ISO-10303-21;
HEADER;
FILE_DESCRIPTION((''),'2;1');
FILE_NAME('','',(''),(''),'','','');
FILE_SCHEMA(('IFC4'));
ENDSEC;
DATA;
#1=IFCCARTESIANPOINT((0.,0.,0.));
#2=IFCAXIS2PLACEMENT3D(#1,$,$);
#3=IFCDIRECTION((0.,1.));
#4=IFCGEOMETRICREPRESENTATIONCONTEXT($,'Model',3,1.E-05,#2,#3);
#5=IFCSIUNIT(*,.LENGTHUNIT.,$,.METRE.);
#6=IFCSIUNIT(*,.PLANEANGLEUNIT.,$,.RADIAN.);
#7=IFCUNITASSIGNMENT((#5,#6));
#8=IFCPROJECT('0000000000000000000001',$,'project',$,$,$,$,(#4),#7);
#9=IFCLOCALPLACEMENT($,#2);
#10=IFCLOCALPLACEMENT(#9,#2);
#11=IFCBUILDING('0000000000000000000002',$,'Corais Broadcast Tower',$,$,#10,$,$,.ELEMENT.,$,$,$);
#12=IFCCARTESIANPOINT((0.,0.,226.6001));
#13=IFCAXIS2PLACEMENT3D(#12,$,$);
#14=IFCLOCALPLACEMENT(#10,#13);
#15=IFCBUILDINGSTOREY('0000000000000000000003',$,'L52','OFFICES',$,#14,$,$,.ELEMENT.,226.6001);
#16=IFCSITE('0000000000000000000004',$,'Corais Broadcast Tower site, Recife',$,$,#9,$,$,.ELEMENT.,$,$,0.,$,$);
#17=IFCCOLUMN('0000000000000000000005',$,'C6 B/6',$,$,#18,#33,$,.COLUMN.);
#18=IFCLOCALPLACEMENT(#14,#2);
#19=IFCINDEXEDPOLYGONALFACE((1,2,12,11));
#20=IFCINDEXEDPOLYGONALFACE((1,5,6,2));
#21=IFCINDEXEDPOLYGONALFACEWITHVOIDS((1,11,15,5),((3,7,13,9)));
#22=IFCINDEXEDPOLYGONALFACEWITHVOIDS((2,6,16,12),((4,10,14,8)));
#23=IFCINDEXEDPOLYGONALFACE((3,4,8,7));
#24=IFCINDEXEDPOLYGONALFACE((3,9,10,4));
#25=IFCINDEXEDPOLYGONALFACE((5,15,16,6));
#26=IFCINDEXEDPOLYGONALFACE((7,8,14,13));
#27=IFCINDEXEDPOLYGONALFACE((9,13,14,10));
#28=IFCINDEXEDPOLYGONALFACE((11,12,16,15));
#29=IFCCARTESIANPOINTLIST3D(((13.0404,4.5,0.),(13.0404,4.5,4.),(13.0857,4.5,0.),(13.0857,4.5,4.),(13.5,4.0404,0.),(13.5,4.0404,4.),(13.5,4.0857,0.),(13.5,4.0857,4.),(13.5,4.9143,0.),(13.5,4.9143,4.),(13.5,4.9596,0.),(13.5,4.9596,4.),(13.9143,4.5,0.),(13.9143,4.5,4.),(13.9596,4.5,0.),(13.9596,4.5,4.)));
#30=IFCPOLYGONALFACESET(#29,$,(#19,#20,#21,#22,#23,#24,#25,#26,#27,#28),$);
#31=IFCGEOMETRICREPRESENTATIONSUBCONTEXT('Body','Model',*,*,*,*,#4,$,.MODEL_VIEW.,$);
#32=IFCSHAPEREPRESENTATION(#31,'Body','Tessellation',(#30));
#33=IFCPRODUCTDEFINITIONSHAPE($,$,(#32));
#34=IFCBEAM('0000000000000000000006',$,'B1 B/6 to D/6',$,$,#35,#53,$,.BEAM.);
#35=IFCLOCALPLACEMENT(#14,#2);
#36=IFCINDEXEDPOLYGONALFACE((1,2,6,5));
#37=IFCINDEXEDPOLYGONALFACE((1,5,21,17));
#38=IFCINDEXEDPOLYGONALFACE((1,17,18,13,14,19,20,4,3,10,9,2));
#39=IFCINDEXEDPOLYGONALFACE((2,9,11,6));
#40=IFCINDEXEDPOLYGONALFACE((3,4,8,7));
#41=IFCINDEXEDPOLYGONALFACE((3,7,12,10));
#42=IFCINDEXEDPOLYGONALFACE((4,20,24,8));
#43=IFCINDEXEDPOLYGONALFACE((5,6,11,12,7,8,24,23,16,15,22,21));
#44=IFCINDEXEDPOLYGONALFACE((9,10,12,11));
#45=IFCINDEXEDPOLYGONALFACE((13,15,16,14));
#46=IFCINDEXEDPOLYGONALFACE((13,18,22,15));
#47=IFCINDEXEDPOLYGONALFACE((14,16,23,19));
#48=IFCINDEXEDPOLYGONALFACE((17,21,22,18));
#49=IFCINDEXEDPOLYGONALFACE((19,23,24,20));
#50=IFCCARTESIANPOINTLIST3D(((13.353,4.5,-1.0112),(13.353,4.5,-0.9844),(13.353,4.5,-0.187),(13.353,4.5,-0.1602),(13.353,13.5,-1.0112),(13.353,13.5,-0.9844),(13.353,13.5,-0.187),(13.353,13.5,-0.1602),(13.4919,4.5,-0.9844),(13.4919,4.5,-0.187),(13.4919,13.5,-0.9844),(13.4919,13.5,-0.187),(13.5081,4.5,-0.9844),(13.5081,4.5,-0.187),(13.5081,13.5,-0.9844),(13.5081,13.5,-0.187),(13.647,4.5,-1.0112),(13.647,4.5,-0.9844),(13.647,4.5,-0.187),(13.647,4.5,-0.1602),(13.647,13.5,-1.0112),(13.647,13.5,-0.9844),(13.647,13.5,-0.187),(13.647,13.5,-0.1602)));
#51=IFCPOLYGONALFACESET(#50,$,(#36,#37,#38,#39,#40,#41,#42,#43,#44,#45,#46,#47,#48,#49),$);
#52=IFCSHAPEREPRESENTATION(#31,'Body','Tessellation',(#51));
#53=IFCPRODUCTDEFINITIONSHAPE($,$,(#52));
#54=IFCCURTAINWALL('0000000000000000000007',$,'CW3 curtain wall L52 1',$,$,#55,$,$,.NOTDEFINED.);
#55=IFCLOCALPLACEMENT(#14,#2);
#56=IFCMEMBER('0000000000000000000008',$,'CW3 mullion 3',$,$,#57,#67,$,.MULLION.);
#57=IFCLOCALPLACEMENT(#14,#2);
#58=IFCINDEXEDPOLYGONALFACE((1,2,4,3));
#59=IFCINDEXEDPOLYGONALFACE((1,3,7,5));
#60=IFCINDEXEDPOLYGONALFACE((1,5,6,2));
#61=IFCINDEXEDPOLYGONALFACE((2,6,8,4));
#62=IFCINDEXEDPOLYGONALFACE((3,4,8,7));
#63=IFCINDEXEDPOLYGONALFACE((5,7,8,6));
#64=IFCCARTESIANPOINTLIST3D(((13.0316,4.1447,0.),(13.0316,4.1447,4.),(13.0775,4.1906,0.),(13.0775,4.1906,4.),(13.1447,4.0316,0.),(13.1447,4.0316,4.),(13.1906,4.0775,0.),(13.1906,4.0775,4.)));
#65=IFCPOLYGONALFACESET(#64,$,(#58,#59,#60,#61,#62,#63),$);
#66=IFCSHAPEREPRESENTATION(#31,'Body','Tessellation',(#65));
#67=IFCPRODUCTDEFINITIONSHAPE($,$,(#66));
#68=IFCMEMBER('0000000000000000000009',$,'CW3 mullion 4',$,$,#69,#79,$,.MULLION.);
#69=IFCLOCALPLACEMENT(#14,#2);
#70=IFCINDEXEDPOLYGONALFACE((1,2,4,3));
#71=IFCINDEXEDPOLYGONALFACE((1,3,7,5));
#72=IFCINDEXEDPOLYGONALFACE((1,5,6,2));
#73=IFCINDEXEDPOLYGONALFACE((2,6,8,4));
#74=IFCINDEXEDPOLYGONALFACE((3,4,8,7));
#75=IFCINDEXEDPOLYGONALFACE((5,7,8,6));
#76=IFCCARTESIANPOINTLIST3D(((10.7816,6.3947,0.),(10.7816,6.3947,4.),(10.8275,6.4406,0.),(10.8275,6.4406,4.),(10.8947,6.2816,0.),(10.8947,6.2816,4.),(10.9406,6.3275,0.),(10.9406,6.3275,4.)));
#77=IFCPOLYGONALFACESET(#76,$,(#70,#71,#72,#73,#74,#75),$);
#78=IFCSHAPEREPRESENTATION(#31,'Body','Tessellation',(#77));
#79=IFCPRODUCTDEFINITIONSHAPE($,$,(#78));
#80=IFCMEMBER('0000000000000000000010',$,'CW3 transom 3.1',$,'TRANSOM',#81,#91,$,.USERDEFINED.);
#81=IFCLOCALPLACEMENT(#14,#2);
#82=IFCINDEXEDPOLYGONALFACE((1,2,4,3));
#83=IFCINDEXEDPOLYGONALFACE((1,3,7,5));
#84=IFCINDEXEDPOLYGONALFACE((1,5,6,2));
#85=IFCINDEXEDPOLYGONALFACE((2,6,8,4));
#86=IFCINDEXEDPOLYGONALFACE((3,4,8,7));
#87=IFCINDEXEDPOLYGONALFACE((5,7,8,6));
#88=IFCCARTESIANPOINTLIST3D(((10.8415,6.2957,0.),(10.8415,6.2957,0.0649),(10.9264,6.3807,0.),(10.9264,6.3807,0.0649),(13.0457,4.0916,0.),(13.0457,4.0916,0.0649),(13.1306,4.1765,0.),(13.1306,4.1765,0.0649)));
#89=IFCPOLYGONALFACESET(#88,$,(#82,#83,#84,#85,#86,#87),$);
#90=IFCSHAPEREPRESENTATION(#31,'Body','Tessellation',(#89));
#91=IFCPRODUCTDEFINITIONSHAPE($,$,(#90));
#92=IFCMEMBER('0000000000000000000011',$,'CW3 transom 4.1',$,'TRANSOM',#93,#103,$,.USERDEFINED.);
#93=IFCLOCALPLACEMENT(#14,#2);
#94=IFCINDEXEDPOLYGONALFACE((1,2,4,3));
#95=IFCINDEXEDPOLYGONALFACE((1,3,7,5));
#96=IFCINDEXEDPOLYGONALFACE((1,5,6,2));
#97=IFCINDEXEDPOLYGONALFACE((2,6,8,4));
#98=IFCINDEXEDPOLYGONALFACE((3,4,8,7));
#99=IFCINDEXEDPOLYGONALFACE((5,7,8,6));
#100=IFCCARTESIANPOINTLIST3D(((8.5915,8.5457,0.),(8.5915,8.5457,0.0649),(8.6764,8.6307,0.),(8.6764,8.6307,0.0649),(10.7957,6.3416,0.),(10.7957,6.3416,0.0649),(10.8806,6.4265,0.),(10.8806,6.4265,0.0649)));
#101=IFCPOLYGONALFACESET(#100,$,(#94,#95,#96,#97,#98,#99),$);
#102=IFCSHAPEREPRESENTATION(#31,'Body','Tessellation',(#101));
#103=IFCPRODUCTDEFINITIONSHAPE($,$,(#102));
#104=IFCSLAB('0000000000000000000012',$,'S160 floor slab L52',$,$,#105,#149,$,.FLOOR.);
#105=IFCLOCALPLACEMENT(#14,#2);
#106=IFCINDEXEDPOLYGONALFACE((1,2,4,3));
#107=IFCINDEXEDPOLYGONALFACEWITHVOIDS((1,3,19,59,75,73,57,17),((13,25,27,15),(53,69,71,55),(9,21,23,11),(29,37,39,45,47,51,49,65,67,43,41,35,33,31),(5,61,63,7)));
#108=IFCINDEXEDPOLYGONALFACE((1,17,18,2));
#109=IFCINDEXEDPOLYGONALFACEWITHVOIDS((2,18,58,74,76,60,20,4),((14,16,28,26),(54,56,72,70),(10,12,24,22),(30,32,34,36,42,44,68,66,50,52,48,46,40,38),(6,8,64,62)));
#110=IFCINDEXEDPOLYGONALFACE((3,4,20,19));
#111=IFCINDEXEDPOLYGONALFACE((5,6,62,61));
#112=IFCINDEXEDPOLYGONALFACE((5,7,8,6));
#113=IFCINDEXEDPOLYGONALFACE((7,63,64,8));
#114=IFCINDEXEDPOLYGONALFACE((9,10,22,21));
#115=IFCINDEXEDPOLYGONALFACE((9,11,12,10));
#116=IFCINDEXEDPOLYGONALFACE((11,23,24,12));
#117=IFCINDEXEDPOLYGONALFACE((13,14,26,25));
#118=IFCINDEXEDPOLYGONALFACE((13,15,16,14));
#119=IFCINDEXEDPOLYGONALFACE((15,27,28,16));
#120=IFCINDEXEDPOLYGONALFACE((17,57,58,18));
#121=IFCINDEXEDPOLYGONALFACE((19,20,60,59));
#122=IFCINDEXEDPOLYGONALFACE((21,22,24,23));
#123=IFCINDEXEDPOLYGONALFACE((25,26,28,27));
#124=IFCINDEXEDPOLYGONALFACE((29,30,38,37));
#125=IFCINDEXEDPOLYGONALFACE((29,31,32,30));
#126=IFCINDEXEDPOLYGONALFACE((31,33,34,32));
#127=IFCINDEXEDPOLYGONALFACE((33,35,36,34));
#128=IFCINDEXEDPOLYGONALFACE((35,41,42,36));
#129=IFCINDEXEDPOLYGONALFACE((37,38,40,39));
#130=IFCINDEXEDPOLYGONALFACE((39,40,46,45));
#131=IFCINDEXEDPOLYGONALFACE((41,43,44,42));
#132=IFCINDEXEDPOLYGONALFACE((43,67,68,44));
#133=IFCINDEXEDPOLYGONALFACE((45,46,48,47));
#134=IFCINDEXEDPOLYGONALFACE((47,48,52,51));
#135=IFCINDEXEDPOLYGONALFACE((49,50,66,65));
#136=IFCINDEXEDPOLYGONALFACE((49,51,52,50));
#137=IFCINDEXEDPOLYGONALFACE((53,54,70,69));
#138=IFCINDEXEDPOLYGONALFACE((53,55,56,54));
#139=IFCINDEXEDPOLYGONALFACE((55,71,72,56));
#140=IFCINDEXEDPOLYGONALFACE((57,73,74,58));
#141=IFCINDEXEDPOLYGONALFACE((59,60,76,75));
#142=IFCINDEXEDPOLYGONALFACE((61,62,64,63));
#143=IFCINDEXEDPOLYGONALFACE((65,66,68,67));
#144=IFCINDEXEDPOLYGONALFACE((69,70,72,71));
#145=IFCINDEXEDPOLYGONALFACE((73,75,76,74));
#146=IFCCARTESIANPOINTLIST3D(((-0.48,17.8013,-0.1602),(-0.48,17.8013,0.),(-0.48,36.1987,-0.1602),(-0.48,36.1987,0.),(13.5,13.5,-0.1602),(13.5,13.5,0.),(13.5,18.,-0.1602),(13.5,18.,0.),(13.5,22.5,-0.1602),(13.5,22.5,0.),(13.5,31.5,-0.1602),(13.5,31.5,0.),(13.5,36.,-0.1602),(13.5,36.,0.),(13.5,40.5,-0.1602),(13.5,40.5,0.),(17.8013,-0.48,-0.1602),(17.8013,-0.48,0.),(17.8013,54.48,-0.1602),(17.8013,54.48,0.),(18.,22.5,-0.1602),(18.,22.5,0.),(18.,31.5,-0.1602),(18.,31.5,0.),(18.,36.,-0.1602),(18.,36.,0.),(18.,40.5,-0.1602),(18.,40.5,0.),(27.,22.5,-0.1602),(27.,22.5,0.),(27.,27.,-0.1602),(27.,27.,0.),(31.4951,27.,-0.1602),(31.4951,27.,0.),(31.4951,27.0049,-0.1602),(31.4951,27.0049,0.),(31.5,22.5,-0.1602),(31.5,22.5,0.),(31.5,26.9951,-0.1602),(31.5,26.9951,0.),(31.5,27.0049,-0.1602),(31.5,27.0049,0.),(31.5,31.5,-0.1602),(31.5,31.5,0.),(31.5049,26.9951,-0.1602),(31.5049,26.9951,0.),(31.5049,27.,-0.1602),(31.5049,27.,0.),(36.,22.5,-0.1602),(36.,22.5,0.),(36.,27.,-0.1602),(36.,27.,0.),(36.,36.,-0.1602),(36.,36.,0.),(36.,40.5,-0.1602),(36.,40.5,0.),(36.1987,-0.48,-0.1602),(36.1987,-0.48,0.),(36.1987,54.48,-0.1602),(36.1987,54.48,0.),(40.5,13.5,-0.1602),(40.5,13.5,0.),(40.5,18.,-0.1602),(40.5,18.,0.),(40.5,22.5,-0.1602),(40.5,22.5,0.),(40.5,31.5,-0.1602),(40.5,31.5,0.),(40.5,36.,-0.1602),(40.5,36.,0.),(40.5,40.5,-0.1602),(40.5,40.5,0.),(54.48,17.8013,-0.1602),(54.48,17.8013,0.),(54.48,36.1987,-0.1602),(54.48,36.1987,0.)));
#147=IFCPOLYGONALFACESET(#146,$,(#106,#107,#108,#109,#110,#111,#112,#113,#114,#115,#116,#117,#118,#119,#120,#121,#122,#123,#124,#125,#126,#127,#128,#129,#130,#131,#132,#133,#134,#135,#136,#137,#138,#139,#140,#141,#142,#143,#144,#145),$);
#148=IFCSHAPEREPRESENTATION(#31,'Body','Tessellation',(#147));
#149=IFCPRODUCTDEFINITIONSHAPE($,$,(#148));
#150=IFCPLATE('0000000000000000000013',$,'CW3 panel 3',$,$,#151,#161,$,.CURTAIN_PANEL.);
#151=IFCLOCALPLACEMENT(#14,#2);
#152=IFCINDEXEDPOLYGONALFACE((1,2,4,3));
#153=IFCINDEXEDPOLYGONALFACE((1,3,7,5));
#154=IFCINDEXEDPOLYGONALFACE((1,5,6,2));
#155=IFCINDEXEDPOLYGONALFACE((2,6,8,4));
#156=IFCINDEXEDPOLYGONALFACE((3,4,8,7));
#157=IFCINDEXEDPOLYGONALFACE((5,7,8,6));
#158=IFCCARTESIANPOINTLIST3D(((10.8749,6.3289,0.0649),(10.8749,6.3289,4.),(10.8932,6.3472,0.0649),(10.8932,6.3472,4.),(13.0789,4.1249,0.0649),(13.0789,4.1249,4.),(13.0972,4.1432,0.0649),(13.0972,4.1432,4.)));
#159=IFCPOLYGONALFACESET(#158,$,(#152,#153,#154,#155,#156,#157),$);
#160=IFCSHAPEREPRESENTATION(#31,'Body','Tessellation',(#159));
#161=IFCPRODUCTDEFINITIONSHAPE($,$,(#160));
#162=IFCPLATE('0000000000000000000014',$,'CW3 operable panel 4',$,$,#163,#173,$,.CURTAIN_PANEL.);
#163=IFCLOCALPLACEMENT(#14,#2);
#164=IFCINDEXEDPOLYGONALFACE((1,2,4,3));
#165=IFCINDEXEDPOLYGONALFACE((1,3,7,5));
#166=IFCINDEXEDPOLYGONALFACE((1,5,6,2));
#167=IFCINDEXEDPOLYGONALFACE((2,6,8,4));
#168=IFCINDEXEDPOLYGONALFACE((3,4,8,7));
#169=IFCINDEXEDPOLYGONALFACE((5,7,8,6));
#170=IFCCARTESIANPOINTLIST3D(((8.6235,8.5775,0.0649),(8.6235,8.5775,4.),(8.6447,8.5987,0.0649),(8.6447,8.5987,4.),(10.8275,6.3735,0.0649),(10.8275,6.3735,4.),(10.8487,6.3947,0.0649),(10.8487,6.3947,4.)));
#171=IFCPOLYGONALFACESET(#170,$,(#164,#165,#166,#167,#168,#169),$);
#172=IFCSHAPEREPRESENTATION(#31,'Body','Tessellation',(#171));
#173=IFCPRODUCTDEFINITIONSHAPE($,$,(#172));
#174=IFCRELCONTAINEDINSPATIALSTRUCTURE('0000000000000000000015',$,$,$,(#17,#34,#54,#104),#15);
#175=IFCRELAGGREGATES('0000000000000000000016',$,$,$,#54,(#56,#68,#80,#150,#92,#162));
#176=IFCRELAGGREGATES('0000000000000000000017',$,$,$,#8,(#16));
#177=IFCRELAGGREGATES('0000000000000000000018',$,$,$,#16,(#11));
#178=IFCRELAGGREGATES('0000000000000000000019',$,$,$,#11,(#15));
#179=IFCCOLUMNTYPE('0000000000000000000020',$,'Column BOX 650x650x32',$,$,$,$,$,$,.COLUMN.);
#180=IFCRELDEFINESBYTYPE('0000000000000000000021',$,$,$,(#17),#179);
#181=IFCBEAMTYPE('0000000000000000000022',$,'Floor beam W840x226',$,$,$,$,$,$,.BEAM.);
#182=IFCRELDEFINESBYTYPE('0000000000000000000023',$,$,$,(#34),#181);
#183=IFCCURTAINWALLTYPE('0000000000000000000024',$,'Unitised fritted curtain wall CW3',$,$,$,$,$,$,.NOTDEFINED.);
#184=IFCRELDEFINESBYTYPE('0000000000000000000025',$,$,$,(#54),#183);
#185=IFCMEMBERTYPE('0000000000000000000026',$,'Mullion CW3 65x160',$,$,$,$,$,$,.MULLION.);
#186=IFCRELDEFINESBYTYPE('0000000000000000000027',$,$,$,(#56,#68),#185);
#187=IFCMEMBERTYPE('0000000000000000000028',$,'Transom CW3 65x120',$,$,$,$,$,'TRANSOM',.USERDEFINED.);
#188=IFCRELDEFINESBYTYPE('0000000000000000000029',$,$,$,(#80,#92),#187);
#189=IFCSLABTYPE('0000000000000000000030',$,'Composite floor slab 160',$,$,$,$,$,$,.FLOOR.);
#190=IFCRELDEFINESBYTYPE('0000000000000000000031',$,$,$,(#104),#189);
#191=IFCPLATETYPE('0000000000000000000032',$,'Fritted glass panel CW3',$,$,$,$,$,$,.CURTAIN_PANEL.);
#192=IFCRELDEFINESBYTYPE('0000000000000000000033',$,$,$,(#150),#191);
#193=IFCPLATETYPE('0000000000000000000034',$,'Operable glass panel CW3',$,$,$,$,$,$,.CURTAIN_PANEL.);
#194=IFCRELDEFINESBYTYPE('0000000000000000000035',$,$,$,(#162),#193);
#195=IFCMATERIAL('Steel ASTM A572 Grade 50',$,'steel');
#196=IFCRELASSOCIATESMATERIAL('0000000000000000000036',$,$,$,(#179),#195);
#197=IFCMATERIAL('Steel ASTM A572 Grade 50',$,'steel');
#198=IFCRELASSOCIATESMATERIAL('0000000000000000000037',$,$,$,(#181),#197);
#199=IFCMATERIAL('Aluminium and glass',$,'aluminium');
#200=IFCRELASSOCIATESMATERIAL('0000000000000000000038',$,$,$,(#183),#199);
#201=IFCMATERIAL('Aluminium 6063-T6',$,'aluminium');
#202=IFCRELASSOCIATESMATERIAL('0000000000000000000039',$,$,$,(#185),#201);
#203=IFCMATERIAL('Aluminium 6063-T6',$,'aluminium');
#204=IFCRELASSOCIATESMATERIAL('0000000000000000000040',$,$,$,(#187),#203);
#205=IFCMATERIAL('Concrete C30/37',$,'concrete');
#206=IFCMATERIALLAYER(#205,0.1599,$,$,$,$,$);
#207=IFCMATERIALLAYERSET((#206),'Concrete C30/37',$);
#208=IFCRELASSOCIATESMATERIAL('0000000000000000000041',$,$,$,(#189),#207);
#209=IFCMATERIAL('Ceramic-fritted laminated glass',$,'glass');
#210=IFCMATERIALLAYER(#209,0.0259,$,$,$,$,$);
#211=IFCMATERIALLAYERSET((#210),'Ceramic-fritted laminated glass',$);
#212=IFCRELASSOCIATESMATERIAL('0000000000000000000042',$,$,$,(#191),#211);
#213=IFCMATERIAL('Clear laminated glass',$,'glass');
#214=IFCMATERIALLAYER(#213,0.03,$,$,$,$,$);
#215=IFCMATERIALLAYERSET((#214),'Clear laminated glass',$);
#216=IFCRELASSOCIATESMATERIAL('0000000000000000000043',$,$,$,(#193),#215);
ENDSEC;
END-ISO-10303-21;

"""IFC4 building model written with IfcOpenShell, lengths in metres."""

from ifc_helpers import new_model, si_unit, direction, frame, origin, origin_2d, place, context, subcontext, project, spatial, polyline, rectangle, hollow_rectangle, i_section, outline, extrude, material, layer, layer_set, material_profile, profile_set, type_object, element, aggregate, save


model = new_model("IFC4")

# Units and contexts
model_context = context("Model", 3, precision=1e-05, world=origin(), true_north=direction((0.0, 1.0)))
body_context = subcontext(model_context, "Body", "Model", "MODEL_VIEW")
ifc_project = project(units=[si_unit("LENGTHUNIT", "METRE"), si_unit("PLANEANGLEUNIT", "RADIAN")], contexts=[model_context])

# Site, building, storey
site_placement = place(None, origin())
site = spatial("IfcSite", under=ifc_project, at=site_placement, Name="Corais Broadcast Tower site, Recife", CompositionType="ELEMENT", RefElevation=0.0)
building_placement = place(site_placement, origin())
building = spatial("IfcBuilding", under=site, at=building_placement, Name="Corais Broadcast Tower", CompositionType="ELEMENT")
storey_placement = place(building_placement, frame((0.0, 0.0, 226.6001)))
storey = spatial("IfcBuildingStorey", under=building, at=storey_placement, Name="L52", Description="OFFICES", CompositionType="ELEMENT", Elevation=226.6001)

# Column
ifc_material_1 = material(Name="Steel ASTM A572 Grade 50", Category="steel")
ifc_material_profile_1 = material_profile(ifc_material_1, hollow_rectangle(XDim=0.6499, YDim=0.6499, WallThickness=0.032, at=origin_2d()), Name="BOX 650x650x32")
ifc_profile_set_1 = profile_set([ifc_material_profile_1], Name="Steel ASTM A572 Grade 50")
column_type = type_object("IfcColumnType", Name="Column BOX 650x650x32", PredefinedType="COLUMN", material=ifc_profile_set_1)
column_placement = place(storey_placement, frame((13.5, 4.5, 0.0), z_axis=(0.0, 0.0, 1.0), x_axis=(0.707107, 0.707107, 0.0)))
element("IfcColumn", 1, at=column_placement, inside=storey, type_object=column_type, Name="C6 B/6", PredefinedType="COLUMN", context=body_context, shape_type="SweptSolid", body=[
    extrude(hollow_rectangle(XDim=0.6499, YDim=0.6499, WallThickness=0.032, at=origin_2d()), origin(), (0.0, 0.0, 1.0), 4.0),
])

# Beam
ifc_material_2 = material(Name="Steel ASTM A572 Grade 50", Category="steel")
ifc_material_profile_2 = material_profile(ifc_material_2, i_section(OverallWidth=0.2939, OverallDepth=0.8511, WebThickness=0.0161, FlangeThickness=0.0269, at=origin_2d()), Name="W840x226")
ifc_profile_set_2 = profile_set([ifc_material_profile_2], Name="Steel ASTM A572 Grade 50")
beam_type = type_object("IfcBeamType", Name="Floor beam W840x226", PredefinedType="BEAM", material=ifc_profile_set_2)
beam_placement = place(storey_placement, frame((13.5, 4.5, -0.5857), z_axis=(0.0, 1.0, 0.0), x_axis=(-1.0, 0.0, 0.0)))
element("IfcBeam", 2, at=beam_placement, inside=storey, type_object=beam_type, Name="B1 B/6 to D/6", PredefinedType="BEAM", context=body_context, shape_type="SweptSolid", body=[
    extrude(i_section(OverallWidth=0.2939, OverallDepth=0.8511, WebThickness=0.0161, FlangeThickness=0.0269, at=origin_2d()), origin(), (0.0, 0.0, 1.0), 9.0),
])

# Curtain wall, members
ifc_material_3 = material(Name="Aluminium and glass", Category="aluminium")
curtain_wall_type = type_object("IfcCurtainWallType", Name="Unitised fritted curtain wall CW3", PredefinedType="NOTDEFINED", material=ifc_material_3)
curtain_wall_placement = place(storey_placement, origin())
curtain_wall = element("IfcCurtainWall", 3, at=curtain_wall_placement, inside=storey, type_object=curtain_wall_type, Name="CW3 curtain wall L52 1", PredefinedType="NOTDEFINED")
ifc_material_4 = material(Name="Aluminium 6063-T6", Category="aluminium")
ifc_material_profile_3 = material_profile(ifc_material_4, rectangle(XDim=0.0649, YDim=0.1599, at=origin_2d()), Name="Mullion CW3 65x160")
ifc_profile_set_3 = profile_set([ifc_material_profile_3], Name="Aluminium 6063-T6")
member_type_1 = type_object("IfcMemberType", Name="Mullion CW3 65x160", PredefinedType="MULLION", material=ifc_profile_set_3)
member_1_placement = place(storey_placement, frame((13.1111, 4.1111, 0.0), z_axis=(0.0, 0.0, 1.0), x_axis=(-0.707107, -0.707107, 0.0)))
member_1 = element("IfcMember", 4, at=member_1_placement, type_object=member_type_1, Name="CW3 mullion 3", PredefinedType="MULLION", context=body_context, shape_type="SweptSolid", body=[
    extrude(rectangle(XDim=0.0649, YDim=0.1599, at=origin_2d()), origin(), (0.0, 0.0, 1.0), 4.0),
])
member_2_placement = place(storey_placement, frame((10.8611, 6.3611, 0.0), z_axis=(0.0, 0.0, 1.0), x_axis=(-0.707107, -0.707107, 0.0)))
member_2 = element("IfcMember", 5, at=member_2_placement, type_object=member_type_1, Name="CW3 mullion 4", PredefinedType="MULLION", context=body_context, shape_type="SweptSolid", body=[
    extrude(rectangle(XDim=0.0649, YDim=0.1599, at=origin_2d()), origin(), (0.0, 0.0, 1.0), 4.0),
])
ifc_material_5 = material(Name="Aluminium 6063-T6", Category="aluminium")
ifc_material_profile_4 = material_profile(ifc_material_5, rectangle(XDim=0.1201, YDim=0.0649, at=origin_2d()), Name="Transom CW3 65x120")
ifc_profile_set_4 = profile_set([ifc_material_profile_4], Name="Aluminium 6063-T6")
member_type_2 = type_object("IfcMemberType", Name="Transom CW3 65x120", ElementType="TRANSOM", PredefinedType="USERDEFINED", material=ifc_profile_set_4)
member_3_placement = place(storey_placement, frame((13.0881, 4.134, 0.0325), z_axis=(-0.707107, 0.707107, 0.0), x_axis=(-0.707107, -0.707107, 0.0)))
member_3 = element("IfcMember", 6, at=member_3_placement, type_object=member_type_2, Name="CW3 transom 3.1", ObjectType="TRANSOM", PredefinedType="USERDEFINED", context=body_context, shape_type="SweptSolid", body=[
    extrude(rectangle(XDim=0.1201, YDim=0.0649, at=origin_2d()), origin(), (0.0, 0.0, 1.0), 3.1172),
])
member_4_placement = place(storey_placement, frame((10.8381, 6.384, 0.0325), z_axis=(-0.707107, 0.707107, 0.0), x_axis=(-0.707107, -0.707107, 0.0)))
member_4 = element("IfcMember", 7, at=member_4_placement, type_object=member_type_2, Name="CW3 transom 4.1", ObjectType="TRANSOM", PredefinedType="USERDEFINED", context=body_context, shape_type="SweptSolid", body=[
    extrude(rectangle(XDim=0.1201, YDim=0.0649, at=origin_2d()), origin(), (0.0, 0.0, 1.0), 3.1172),
])

# Slab
ifc_material_6 = material(Name="Concrete C30/37", Category="concrete")
ifc_layer_1 = layer(ifc_material_6, 0.1599)
ifc_layer_set_1 = layer_set([ifc_layer_1], Name="Concrete C30/37")
slab_type_1 = type_object("IfcSlabType", Name="Composite floor slab 160", PredefinedType="FLOOR", material=ifc_layer_set_1)
slab_1_placement = place(storey_placement, frame((0.0, 0.0, -0.1602)))
element("IfcSlab", 8, at=slab_1_placement, inside=storey, type_object=slab_type_1, Name="S160 floor slab L52", PredefinedType="FLOOR", context=body_context, shape_type="SweptSolid", body=[
    extrude(outline(polyline([(17.8013, -0.48), (-0.48, 17.8013), (-0.48, 36.1987), (17.8013, 54.48), (36.1987, 54.48), (54.48, 36.1987), (54.48, 17.8013), (36.1987, -0.48), (17.8013, -0.48)]), holes=[polyline([(13.5, 18.0), (40.5, 18.0), (40.5, 13.5), (13.5, 13.5), (13.5, 18.0)]), polyline([(18.0, 22.5), (13.5, 22.5), (13.5, 31.5), (18.0, 31.5), (18.0, 22.5)]), polyline([(18.0, 36.0), (13.5, 36.0), (13.5, 40.5), (18.0, 40.5), (18.0, 36.0)]), polyline([(31.5, 22.5), (27.0, 22.5), (27.0, 27.0), (31.4951, 27.0), (31.4951, 27.0049), (31.5, 27.0049), (31.5, 31.5), (40.5, 31.5), (40.5, 22.5), (36.0, 22.5), (36.0, 27.0), (31.5049, 27.0), (31.5049, 26.9951), (31.5, 26.9951), (31.5, 22.5)]), polyline([(40.5, 36.0), (36.0, 36.0), (36.0, 40.5), (40.5, 40.5), (40.5, 36.0)])]), origin(), (0.0, 0.0, 1.0), 0.1602),
])

# Plates
ifc_material_7 = material(Name="Ceramic-fritted laminated glass", Category="glass")
ifc_layer_2 = layer(ifc_material_7, 0.0259)
ifc_layer_set_2 = layer_set([ifc_layer_2], Name="Ceramic-fritted laminated glass")
plate_type_1 = type_object("IfcPlateType", Name="Fritted glass panel CW3", PredefinedType="CURTAIN_PANEL", material=ifc_layer_set_2)
plate_1_placement = place(storey_placement, frame((11.9861, 5.2361, 0.0649), z_axis=(0.0, 0.0, 1.0), x_axis=(-0.707107, 0.707107, 0.0)))
plate_1 = element("IfcPlate", 9, at=plate_1_placement, type_object=plate_type_1, Name="CW3 panel 3", PredefinedType="CURTAIN_PANEL", context=body_context, shape_type="SweptSolid", body=[
    extrude(rectangle(XDim=3.1169, YDim=0.0259, at=origin_2d()), origin(), (0.0, 0.0, 1.0), 3.9351),
])
ifc_material_8 = material(Name="Clear laminated glass", Category="glass")
ifc_layer_3 = layer(ifc_material_8, 0.03)
ifc_layer_set_3 = layer_set([ifc_layer_3], Name="Clear laminated glass")
plate_type_2 = type_object("IfcPlateType", Name="Operable glass panel CW3", PredefinedType="CURTAIN_PANEL", material=ifc_layer_set_3)
plate_2_placement = place(storey_placement, frame((9.7361, 7.4861, 0.0649), z_axis=(0.0, 0.0, 1.0), x_axis=(-0.707107, 0.707107, 0.0)))
plate_2 = element("IfcPlate", 10, at=plate_2_placement, type_object=plate_type_2, Name="CW3 operable panel 4", PredefinedType="CURTAIN_PANEL", context=body_context, shape_type="SweptSolid", body=[
    extrude(rectangle(XDim=3.1169, YDim=0.03, at=origin_2d()), origin(), (0.0, 0.0, 1.0), 3.9351),
])
aggregate(curtain_wall, [member_1, member_2, member_3, plate_1, member_4, plate_2])

save(model, "model.ifc")
